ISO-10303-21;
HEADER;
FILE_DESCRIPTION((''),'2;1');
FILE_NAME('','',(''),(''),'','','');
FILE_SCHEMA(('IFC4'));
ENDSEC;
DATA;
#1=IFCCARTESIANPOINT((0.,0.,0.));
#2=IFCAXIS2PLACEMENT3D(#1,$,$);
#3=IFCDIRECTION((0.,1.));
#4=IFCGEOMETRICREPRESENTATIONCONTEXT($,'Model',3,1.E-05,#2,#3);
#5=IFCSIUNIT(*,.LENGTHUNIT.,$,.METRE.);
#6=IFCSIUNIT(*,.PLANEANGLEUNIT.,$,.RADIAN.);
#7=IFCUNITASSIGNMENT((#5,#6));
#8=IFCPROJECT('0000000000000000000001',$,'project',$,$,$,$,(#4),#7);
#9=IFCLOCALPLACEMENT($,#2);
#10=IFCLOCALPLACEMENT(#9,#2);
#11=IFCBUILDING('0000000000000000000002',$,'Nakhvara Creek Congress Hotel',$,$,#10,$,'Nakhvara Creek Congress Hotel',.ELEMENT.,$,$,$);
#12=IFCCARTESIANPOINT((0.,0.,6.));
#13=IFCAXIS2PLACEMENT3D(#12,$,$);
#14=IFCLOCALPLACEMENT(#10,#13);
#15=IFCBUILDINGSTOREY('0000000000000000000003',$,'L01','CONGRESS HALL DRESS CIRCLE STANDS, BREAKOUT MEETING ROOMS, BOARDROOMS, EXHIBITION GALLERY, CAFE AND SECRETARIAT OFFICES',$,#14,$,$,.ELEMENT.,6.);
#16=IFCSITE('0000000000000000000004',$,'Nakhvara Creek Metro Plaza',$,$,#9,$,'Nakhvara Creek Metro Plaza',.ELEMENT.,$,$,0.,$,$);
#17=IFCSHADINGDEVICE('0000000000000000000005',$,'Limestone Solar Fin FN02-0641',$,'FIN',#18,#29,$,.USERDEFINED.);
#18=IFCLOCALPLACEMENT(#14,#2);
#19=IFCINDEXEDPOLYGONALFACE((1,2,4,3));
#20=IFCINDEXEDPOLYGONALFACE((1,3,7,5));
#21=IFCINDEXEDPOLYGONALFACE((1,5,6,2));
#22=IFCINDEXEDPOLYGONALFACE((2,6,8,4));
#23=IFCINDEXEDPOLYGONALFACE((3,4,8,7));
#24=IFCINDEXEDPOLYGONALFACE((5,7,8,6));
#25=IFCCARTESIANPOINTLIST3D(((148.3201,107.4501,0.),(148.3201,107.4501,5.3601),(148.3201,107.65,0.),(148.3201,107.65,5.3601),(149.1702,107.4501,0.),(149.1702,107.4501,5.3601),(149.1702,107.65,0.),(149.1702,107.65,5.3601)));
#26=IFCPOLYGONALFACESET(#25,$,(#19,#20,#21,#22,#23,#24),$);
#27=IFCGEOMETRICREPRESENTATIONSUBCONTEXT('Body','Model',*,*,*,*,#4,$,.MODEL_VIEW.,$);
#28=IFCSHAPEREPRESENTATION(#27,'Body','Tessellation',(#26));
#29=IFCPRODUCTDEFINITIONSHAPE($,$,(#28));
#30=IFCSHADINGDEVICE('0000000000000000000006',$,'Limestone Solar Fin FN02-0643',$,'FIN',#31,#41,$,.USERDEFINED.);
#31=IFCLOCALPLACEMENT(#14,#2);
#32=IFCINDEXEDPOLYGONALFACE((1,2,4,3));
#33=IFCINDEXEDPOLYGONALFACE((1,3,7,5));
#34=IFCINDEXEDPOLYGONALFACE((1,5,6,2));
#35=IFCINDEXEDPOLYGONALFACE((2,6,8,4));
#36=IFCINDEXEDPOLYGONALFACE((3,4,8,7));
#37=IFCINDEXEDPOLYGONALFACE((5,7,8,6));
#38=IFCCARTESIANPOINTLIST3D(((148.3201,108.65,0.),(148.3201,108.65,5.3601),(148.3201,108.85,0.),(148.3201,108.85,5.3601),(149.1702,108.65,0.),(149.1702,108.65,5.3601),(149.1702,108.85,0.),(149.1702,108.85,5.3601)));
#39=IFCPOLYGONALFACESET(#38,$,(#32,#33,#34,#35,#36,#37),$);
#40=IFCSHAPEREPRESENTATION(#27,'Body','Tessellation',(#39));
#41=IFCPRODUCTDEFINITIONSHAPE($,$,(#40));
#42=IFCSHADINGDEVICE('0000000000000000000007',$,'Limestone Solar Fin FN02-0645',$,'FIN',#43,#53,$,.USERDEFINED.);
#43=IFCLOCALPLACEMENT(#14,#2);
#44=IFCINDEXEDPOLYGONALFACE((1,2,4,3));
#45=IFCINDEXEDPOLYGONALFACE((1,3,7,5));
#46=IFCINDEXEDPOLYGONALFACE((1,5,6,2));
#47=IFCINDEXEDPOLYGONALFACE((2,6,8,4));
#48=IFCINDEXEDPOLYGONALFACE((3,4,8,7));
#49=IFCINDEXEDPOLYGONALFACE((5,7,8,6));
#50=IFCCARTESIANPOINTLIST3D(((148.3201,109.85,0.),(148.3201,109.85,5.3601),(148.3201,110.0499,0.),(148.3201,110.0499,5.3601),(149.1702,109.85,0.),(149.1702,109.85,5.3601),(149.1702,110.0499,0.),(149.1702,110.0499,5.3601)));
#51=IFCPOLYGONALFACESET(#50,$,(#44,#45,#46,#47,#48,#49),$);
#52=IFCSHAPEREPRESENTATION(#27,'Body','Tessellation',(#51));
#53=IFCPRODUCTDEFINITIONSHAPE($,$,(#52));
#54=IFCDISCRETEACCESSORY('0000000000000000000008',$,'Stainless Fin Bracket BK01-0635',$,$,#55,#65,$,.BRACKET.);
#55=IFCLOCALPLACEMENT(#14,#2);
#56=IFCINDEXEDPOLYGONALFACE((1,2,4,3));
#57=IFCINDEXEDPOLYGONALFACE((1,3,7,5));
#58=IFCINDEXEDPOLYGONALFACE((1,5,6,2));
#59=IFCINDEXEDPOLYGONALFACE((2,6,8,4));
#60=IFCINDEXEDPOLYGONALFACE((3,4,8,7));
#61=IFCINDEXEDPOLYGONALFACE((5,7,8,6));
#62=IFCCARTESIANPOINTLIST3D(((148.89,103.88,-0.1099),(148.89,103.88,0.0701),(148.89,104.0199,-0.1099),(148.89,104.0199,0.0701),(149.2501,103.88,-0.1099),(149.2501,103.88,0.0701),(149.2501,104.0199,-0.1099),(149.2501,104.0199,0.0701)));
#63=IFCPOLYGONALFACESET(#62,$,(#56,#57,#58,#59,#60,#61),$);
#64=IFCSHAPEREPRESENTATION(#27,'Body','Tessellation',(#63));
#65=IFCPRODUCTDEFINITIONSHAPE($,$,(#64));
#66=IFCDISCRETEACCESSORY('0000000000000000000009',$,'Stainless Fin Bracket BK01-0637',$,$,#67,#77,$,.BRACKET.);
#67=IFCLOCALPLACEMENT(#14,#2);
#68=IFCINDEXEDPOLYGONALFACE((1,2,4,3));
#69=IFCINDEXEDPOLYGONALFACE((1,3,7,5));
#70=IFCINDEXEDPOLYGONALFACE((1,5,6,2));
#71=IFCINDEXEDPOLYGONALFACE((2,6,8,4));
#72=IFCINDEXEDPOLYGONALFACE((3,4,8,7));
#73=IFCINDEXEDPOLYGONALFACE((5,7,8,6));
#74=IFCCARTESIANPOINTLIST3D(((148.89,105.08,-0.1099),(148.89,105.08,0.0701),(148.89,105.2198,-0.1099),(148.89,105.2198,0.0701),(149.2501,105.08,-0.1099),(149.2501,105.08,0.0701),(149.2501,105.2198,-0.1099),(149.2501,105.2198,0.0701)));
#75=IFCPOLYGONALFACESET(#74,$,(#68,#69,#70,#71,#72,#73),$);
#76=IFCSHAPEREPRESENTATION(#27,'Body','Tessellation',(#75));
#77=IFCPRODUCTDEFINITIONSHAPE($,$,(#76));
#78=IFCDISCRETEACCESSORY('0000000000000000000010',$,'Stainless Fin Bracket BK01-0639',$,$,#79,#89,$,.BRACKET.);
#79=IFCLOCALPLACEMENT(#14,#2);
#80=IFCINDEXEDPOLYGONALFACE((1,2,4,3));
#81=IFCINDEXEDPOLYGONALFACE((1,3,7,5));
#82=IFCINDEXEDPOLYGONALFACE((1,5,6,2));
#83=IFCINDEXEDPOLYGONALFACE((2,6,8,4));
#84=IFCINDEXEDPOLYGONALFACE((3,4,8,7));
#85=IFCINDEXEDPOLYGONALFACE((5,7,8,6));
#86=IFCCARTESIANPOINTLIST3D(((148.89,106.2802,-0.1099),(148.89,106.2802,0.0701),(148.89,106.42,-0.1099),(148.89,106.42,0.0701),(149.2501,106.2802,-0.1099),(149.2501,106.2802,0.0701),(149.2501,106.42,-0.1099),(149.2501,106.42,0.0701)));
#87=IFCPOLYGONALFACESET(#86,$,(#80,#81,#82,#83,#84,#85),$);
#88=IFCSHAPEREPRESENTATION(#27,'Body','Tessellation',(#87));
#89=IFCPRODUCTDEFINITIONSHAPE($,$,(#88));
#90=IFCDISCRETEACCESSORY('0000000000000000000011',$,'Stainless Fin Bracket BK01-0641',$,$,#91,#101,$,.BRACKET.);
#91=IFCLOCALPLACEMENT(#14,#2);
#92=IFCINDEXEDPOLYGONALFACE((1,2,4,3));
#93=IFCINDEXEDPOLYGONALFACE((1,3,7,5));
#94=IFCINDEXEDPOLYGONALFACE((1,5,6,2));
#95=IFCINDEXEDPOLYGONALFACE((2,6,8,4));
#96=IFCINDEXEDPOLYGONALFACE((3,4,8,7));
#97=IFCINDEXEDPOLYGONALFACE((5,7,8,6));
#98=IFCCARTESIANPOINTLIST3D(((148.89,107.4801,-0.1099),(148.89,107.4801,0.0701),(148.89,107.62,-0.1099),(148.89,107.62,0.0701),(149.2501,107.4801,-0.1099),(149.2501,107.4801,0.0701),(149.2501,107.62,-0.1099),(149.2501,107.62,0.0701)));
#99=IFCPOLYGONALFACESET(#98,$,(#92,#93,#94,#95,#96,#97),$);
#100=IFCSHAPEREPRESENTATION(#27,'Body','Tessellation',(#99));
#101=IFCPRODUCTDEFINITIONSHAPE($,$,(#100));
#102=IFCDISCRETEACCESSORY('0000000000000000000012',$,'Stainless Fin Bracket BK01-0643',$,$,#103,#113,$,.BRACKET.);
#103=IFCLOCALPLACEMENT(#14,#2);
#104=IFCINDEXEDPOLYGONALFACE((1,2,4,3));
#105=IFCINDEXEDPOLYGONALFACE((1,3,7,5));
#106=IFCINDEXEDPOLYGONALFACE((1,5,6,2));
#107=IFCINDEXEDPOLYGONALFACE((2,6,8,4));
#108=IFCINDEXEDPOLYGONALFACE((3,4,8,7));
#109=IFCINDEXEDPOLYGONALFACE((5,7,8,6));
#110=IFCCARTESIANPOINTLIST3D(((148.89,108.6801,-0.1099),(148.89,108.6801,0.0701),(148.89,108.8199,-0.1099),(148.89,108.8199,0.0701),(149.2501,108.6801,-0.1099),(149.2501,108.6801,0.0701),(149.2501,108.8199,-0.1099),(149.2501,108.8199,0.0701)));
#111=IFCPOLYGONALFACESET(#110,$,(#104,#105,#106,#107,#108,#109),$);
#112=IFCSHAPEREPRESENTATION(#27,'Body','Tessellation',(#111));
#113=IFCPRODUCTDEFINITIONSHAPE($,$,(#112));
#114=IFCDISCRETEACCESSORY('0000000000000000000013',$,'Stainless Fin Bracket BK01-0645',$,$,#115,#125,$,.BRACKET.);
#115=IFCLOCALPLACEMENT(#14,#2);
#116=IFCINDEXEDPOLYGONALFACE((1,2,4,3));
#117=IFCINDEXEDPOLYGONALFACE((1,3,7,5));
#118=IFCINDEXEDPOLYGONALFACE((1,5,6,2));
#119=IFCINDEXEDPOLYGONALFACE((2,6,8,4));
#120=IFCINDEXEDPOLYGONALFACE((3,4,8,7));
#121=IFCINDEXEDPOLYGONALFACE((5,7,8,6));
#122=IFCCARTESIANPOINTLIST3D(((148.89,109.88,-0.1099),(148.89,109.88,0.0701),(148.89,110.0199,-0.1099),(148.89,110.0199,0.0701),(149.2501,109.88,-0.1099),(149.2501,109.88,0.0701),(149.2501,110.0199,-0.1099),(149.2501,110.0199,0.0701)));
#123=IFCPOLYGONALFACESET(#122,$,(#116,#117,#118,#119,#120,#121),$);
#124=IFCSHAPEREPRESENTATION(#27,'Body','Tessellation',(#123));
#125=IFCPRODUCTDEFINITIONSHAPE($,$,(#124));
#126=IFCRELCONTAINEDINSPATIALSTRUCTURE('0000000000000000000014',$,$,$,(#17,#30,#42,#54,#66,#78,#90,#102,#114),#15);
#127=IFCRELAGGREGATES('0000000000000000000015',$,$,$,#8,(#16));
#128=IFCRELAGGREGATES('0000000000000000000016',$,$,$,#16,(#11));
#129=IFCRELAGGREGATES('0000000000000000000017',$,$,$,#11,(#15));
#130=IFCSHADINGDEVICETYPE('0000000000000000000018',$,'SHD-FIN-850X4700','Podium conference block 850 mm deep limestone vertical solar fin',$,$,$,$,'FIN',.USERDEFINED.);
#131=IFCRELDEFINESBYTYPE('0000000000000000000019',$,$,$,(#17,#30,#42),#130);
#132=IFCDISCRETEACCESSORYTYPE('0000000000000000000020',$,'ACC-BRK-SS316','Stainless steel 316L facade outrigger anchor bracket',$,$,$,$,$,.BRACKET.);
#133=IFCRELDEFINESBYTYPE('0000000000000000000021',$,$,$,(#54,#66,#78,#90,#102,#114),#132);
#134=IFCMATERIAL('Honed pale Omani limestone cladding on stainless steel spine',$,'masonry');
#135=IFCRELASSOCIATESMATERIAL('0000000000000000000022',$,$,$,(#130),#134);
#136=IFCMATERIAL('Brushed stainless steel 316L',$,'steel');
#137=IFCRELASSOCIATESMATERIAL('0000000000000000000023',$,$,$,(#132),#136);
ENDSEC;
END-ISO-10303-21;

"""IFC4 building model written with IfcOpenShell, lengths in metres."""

from ifc_helpers import new_model, si_unit, direction, frame, origin, origin_2d, place, context, subcontext, project, spatial, rectangle, extrude, material, type_object, element, save


model = new_model("IFC4")

# Units and contexts
model_context = context("Model", 3, precision=1e-05, world=origin(), true_north=direction((0.0, 1.0)))
body_context = subcontext(model_context, "Body", "Model", "MODEL_VIEW")
ifc_project = project(units=[si_unit("LENGTHUNIT", "METRE"), si_unit("PLANEANGLEUNIT", "RADIAN")], contexts=[model_context])

# Site, building, storey
site_placement = place(None, origin())
site = spatial("IfcSite", under=ifc_project, at=site_placement, Name="Nakhvara Creek Metro Plaza", LongName="Nakhvara Creek Metro Plaza", CompositionType="ELEMENT", RefElevation=0.0)
building_placement = place(site_placement, origin())
building = spatial("IfcBuilding", under=site, at=building_placement, Name="Nakhvara Creek Congress Hotel", LongName="Nakhvara Creek Congress Hotel", CompositionType="ELEMENT")
storey_placement = place(building_placement, frame((0.0, 0.0, 6.0)))
storey = spatial("IfcBuildingStorey", under=building, at=storey_placement, Name="L01", Description="CONGRESS HALL DRESS CIRCLE STANDS, BREAKOUT MEETING ROOMS, BOARDROOMS, EXHIBITION GALLERY, CAFE AND SECRETARIAT OFFICES", CompositionType="ELEMENT", Elevation=6.0)

# Shading devices
ifc_material_1 = material(Name="Honed pale Omani limestone cladding on stainless steel spine", Category="masonry")
shading_device_type = type_object("IfcShadingDeviceType", Name="SHD-FIN-850X4700", Description="Podium conference block 850 mm deep limestone vertical solar fin", ElementType="FIN", PredefinedType="USERDEFINED", material=ifc_material_1)
for number, where, z_axis, x_axis, name in (
    (1, (148.7451, 107.55, 0.0), (0.0, 0.0, 1.0), (0.0, 1.0, 0.0), "Limestone Solar Fin FN02-0641"),
    (2, (148.7451, 108.75, 0.0), (0.0, 0.0, 1.0), (0.0, 1.0, 0.0), "Limestone Solar Fin FN02-0643"),
    (3, (148.7451, 109.95, 0.0), (0.0, 0.0, 1.0), (0.0, 1.0, 0.0), "Limestone Solar Fin FN02-0645"),
):
    element("IfcShadingDevice", number, at=place(storey_placement, frame(where, z_axis=z_axis, x_axis=x_axis)), inside=storey, type_object=shading_device_type, Name=name, ObjectType="FIN", PredefinedType="USERDEFINED", context=body_context, shape_type="SweptSolid", body=[
        extrude(rectangle(XDim=0.2, YDim=0.8501, at=origin_2d()), origin(), (0.0, 0.0, 1.0), 5.3601),
    ])

# Discrete accessories
ifc_material_2 = material(Name="Brushed stainless steel 316L", Category="steel")
discrete_accessory_type = type_object("IfcDiscreteAccessoryType", Name="ACC-BRK-SS316", Description="Stainless steel 316L facade outrigger anchor bracket", PredefinedType="BRACKET", material=ifc_material_2)
for number, where, z_axis, x_axis, name in (
    (4, (149.0701, 103.95, -0.1099), (0.0, 0.0, 1.0), (0.0, 1.0, 0.0), "Stainless Fin Bracket BK01-0635"),
    (5, (149.0701, 105.1499, -0.1099), (0.0, 0.0, 1.0), (0.0, 1.0, 0.0), "Stainless Fin Bracket BK01-0637"),
    (6, (149.0701, 106.3501, -0.1099), (0.0, 0.0, 1.0), (0.0, 1.0, 0.0), "Stainless Fin Bracket BK01-0639"),
    (7, (149.0701, 107.55, -0.1099), (0.0, 0.0, 1.0), (0.0, 1.0, 0.0), "Stainless Fin Bracket BK01-0641"),
    (8, (149.0701, 108.75, -0.1099), (0.0, 0.0, 1.0), (0.0, 1.0, 0.0), "Stainless Fin Bracket BK01-0643"),
    (9, (149.0701, 109.95, -0.1099), (0.0, 0.0, 1.0), (0.0, 1.0, 0.0), "Stainless Fin Bracket BK01-0645"),
):
    element("IfcDiscreteAccessory", number, at=place(storey_placement, frame(where, z_axis=z_axis, x_axis=x_axis)), inside=storey, type_object=discrete_accessory_type, Name=name, PredefinedType="BRACKET", context=body_context, shape_type="SweptSolid", body=[
        extrude(rectangle(XDim=0.1399, YDim=0.3601, at=origin_2d()), origin(), (0.0, 0.0, 1.0), 0.1799),
    ])

save(model, "model.ifc")
